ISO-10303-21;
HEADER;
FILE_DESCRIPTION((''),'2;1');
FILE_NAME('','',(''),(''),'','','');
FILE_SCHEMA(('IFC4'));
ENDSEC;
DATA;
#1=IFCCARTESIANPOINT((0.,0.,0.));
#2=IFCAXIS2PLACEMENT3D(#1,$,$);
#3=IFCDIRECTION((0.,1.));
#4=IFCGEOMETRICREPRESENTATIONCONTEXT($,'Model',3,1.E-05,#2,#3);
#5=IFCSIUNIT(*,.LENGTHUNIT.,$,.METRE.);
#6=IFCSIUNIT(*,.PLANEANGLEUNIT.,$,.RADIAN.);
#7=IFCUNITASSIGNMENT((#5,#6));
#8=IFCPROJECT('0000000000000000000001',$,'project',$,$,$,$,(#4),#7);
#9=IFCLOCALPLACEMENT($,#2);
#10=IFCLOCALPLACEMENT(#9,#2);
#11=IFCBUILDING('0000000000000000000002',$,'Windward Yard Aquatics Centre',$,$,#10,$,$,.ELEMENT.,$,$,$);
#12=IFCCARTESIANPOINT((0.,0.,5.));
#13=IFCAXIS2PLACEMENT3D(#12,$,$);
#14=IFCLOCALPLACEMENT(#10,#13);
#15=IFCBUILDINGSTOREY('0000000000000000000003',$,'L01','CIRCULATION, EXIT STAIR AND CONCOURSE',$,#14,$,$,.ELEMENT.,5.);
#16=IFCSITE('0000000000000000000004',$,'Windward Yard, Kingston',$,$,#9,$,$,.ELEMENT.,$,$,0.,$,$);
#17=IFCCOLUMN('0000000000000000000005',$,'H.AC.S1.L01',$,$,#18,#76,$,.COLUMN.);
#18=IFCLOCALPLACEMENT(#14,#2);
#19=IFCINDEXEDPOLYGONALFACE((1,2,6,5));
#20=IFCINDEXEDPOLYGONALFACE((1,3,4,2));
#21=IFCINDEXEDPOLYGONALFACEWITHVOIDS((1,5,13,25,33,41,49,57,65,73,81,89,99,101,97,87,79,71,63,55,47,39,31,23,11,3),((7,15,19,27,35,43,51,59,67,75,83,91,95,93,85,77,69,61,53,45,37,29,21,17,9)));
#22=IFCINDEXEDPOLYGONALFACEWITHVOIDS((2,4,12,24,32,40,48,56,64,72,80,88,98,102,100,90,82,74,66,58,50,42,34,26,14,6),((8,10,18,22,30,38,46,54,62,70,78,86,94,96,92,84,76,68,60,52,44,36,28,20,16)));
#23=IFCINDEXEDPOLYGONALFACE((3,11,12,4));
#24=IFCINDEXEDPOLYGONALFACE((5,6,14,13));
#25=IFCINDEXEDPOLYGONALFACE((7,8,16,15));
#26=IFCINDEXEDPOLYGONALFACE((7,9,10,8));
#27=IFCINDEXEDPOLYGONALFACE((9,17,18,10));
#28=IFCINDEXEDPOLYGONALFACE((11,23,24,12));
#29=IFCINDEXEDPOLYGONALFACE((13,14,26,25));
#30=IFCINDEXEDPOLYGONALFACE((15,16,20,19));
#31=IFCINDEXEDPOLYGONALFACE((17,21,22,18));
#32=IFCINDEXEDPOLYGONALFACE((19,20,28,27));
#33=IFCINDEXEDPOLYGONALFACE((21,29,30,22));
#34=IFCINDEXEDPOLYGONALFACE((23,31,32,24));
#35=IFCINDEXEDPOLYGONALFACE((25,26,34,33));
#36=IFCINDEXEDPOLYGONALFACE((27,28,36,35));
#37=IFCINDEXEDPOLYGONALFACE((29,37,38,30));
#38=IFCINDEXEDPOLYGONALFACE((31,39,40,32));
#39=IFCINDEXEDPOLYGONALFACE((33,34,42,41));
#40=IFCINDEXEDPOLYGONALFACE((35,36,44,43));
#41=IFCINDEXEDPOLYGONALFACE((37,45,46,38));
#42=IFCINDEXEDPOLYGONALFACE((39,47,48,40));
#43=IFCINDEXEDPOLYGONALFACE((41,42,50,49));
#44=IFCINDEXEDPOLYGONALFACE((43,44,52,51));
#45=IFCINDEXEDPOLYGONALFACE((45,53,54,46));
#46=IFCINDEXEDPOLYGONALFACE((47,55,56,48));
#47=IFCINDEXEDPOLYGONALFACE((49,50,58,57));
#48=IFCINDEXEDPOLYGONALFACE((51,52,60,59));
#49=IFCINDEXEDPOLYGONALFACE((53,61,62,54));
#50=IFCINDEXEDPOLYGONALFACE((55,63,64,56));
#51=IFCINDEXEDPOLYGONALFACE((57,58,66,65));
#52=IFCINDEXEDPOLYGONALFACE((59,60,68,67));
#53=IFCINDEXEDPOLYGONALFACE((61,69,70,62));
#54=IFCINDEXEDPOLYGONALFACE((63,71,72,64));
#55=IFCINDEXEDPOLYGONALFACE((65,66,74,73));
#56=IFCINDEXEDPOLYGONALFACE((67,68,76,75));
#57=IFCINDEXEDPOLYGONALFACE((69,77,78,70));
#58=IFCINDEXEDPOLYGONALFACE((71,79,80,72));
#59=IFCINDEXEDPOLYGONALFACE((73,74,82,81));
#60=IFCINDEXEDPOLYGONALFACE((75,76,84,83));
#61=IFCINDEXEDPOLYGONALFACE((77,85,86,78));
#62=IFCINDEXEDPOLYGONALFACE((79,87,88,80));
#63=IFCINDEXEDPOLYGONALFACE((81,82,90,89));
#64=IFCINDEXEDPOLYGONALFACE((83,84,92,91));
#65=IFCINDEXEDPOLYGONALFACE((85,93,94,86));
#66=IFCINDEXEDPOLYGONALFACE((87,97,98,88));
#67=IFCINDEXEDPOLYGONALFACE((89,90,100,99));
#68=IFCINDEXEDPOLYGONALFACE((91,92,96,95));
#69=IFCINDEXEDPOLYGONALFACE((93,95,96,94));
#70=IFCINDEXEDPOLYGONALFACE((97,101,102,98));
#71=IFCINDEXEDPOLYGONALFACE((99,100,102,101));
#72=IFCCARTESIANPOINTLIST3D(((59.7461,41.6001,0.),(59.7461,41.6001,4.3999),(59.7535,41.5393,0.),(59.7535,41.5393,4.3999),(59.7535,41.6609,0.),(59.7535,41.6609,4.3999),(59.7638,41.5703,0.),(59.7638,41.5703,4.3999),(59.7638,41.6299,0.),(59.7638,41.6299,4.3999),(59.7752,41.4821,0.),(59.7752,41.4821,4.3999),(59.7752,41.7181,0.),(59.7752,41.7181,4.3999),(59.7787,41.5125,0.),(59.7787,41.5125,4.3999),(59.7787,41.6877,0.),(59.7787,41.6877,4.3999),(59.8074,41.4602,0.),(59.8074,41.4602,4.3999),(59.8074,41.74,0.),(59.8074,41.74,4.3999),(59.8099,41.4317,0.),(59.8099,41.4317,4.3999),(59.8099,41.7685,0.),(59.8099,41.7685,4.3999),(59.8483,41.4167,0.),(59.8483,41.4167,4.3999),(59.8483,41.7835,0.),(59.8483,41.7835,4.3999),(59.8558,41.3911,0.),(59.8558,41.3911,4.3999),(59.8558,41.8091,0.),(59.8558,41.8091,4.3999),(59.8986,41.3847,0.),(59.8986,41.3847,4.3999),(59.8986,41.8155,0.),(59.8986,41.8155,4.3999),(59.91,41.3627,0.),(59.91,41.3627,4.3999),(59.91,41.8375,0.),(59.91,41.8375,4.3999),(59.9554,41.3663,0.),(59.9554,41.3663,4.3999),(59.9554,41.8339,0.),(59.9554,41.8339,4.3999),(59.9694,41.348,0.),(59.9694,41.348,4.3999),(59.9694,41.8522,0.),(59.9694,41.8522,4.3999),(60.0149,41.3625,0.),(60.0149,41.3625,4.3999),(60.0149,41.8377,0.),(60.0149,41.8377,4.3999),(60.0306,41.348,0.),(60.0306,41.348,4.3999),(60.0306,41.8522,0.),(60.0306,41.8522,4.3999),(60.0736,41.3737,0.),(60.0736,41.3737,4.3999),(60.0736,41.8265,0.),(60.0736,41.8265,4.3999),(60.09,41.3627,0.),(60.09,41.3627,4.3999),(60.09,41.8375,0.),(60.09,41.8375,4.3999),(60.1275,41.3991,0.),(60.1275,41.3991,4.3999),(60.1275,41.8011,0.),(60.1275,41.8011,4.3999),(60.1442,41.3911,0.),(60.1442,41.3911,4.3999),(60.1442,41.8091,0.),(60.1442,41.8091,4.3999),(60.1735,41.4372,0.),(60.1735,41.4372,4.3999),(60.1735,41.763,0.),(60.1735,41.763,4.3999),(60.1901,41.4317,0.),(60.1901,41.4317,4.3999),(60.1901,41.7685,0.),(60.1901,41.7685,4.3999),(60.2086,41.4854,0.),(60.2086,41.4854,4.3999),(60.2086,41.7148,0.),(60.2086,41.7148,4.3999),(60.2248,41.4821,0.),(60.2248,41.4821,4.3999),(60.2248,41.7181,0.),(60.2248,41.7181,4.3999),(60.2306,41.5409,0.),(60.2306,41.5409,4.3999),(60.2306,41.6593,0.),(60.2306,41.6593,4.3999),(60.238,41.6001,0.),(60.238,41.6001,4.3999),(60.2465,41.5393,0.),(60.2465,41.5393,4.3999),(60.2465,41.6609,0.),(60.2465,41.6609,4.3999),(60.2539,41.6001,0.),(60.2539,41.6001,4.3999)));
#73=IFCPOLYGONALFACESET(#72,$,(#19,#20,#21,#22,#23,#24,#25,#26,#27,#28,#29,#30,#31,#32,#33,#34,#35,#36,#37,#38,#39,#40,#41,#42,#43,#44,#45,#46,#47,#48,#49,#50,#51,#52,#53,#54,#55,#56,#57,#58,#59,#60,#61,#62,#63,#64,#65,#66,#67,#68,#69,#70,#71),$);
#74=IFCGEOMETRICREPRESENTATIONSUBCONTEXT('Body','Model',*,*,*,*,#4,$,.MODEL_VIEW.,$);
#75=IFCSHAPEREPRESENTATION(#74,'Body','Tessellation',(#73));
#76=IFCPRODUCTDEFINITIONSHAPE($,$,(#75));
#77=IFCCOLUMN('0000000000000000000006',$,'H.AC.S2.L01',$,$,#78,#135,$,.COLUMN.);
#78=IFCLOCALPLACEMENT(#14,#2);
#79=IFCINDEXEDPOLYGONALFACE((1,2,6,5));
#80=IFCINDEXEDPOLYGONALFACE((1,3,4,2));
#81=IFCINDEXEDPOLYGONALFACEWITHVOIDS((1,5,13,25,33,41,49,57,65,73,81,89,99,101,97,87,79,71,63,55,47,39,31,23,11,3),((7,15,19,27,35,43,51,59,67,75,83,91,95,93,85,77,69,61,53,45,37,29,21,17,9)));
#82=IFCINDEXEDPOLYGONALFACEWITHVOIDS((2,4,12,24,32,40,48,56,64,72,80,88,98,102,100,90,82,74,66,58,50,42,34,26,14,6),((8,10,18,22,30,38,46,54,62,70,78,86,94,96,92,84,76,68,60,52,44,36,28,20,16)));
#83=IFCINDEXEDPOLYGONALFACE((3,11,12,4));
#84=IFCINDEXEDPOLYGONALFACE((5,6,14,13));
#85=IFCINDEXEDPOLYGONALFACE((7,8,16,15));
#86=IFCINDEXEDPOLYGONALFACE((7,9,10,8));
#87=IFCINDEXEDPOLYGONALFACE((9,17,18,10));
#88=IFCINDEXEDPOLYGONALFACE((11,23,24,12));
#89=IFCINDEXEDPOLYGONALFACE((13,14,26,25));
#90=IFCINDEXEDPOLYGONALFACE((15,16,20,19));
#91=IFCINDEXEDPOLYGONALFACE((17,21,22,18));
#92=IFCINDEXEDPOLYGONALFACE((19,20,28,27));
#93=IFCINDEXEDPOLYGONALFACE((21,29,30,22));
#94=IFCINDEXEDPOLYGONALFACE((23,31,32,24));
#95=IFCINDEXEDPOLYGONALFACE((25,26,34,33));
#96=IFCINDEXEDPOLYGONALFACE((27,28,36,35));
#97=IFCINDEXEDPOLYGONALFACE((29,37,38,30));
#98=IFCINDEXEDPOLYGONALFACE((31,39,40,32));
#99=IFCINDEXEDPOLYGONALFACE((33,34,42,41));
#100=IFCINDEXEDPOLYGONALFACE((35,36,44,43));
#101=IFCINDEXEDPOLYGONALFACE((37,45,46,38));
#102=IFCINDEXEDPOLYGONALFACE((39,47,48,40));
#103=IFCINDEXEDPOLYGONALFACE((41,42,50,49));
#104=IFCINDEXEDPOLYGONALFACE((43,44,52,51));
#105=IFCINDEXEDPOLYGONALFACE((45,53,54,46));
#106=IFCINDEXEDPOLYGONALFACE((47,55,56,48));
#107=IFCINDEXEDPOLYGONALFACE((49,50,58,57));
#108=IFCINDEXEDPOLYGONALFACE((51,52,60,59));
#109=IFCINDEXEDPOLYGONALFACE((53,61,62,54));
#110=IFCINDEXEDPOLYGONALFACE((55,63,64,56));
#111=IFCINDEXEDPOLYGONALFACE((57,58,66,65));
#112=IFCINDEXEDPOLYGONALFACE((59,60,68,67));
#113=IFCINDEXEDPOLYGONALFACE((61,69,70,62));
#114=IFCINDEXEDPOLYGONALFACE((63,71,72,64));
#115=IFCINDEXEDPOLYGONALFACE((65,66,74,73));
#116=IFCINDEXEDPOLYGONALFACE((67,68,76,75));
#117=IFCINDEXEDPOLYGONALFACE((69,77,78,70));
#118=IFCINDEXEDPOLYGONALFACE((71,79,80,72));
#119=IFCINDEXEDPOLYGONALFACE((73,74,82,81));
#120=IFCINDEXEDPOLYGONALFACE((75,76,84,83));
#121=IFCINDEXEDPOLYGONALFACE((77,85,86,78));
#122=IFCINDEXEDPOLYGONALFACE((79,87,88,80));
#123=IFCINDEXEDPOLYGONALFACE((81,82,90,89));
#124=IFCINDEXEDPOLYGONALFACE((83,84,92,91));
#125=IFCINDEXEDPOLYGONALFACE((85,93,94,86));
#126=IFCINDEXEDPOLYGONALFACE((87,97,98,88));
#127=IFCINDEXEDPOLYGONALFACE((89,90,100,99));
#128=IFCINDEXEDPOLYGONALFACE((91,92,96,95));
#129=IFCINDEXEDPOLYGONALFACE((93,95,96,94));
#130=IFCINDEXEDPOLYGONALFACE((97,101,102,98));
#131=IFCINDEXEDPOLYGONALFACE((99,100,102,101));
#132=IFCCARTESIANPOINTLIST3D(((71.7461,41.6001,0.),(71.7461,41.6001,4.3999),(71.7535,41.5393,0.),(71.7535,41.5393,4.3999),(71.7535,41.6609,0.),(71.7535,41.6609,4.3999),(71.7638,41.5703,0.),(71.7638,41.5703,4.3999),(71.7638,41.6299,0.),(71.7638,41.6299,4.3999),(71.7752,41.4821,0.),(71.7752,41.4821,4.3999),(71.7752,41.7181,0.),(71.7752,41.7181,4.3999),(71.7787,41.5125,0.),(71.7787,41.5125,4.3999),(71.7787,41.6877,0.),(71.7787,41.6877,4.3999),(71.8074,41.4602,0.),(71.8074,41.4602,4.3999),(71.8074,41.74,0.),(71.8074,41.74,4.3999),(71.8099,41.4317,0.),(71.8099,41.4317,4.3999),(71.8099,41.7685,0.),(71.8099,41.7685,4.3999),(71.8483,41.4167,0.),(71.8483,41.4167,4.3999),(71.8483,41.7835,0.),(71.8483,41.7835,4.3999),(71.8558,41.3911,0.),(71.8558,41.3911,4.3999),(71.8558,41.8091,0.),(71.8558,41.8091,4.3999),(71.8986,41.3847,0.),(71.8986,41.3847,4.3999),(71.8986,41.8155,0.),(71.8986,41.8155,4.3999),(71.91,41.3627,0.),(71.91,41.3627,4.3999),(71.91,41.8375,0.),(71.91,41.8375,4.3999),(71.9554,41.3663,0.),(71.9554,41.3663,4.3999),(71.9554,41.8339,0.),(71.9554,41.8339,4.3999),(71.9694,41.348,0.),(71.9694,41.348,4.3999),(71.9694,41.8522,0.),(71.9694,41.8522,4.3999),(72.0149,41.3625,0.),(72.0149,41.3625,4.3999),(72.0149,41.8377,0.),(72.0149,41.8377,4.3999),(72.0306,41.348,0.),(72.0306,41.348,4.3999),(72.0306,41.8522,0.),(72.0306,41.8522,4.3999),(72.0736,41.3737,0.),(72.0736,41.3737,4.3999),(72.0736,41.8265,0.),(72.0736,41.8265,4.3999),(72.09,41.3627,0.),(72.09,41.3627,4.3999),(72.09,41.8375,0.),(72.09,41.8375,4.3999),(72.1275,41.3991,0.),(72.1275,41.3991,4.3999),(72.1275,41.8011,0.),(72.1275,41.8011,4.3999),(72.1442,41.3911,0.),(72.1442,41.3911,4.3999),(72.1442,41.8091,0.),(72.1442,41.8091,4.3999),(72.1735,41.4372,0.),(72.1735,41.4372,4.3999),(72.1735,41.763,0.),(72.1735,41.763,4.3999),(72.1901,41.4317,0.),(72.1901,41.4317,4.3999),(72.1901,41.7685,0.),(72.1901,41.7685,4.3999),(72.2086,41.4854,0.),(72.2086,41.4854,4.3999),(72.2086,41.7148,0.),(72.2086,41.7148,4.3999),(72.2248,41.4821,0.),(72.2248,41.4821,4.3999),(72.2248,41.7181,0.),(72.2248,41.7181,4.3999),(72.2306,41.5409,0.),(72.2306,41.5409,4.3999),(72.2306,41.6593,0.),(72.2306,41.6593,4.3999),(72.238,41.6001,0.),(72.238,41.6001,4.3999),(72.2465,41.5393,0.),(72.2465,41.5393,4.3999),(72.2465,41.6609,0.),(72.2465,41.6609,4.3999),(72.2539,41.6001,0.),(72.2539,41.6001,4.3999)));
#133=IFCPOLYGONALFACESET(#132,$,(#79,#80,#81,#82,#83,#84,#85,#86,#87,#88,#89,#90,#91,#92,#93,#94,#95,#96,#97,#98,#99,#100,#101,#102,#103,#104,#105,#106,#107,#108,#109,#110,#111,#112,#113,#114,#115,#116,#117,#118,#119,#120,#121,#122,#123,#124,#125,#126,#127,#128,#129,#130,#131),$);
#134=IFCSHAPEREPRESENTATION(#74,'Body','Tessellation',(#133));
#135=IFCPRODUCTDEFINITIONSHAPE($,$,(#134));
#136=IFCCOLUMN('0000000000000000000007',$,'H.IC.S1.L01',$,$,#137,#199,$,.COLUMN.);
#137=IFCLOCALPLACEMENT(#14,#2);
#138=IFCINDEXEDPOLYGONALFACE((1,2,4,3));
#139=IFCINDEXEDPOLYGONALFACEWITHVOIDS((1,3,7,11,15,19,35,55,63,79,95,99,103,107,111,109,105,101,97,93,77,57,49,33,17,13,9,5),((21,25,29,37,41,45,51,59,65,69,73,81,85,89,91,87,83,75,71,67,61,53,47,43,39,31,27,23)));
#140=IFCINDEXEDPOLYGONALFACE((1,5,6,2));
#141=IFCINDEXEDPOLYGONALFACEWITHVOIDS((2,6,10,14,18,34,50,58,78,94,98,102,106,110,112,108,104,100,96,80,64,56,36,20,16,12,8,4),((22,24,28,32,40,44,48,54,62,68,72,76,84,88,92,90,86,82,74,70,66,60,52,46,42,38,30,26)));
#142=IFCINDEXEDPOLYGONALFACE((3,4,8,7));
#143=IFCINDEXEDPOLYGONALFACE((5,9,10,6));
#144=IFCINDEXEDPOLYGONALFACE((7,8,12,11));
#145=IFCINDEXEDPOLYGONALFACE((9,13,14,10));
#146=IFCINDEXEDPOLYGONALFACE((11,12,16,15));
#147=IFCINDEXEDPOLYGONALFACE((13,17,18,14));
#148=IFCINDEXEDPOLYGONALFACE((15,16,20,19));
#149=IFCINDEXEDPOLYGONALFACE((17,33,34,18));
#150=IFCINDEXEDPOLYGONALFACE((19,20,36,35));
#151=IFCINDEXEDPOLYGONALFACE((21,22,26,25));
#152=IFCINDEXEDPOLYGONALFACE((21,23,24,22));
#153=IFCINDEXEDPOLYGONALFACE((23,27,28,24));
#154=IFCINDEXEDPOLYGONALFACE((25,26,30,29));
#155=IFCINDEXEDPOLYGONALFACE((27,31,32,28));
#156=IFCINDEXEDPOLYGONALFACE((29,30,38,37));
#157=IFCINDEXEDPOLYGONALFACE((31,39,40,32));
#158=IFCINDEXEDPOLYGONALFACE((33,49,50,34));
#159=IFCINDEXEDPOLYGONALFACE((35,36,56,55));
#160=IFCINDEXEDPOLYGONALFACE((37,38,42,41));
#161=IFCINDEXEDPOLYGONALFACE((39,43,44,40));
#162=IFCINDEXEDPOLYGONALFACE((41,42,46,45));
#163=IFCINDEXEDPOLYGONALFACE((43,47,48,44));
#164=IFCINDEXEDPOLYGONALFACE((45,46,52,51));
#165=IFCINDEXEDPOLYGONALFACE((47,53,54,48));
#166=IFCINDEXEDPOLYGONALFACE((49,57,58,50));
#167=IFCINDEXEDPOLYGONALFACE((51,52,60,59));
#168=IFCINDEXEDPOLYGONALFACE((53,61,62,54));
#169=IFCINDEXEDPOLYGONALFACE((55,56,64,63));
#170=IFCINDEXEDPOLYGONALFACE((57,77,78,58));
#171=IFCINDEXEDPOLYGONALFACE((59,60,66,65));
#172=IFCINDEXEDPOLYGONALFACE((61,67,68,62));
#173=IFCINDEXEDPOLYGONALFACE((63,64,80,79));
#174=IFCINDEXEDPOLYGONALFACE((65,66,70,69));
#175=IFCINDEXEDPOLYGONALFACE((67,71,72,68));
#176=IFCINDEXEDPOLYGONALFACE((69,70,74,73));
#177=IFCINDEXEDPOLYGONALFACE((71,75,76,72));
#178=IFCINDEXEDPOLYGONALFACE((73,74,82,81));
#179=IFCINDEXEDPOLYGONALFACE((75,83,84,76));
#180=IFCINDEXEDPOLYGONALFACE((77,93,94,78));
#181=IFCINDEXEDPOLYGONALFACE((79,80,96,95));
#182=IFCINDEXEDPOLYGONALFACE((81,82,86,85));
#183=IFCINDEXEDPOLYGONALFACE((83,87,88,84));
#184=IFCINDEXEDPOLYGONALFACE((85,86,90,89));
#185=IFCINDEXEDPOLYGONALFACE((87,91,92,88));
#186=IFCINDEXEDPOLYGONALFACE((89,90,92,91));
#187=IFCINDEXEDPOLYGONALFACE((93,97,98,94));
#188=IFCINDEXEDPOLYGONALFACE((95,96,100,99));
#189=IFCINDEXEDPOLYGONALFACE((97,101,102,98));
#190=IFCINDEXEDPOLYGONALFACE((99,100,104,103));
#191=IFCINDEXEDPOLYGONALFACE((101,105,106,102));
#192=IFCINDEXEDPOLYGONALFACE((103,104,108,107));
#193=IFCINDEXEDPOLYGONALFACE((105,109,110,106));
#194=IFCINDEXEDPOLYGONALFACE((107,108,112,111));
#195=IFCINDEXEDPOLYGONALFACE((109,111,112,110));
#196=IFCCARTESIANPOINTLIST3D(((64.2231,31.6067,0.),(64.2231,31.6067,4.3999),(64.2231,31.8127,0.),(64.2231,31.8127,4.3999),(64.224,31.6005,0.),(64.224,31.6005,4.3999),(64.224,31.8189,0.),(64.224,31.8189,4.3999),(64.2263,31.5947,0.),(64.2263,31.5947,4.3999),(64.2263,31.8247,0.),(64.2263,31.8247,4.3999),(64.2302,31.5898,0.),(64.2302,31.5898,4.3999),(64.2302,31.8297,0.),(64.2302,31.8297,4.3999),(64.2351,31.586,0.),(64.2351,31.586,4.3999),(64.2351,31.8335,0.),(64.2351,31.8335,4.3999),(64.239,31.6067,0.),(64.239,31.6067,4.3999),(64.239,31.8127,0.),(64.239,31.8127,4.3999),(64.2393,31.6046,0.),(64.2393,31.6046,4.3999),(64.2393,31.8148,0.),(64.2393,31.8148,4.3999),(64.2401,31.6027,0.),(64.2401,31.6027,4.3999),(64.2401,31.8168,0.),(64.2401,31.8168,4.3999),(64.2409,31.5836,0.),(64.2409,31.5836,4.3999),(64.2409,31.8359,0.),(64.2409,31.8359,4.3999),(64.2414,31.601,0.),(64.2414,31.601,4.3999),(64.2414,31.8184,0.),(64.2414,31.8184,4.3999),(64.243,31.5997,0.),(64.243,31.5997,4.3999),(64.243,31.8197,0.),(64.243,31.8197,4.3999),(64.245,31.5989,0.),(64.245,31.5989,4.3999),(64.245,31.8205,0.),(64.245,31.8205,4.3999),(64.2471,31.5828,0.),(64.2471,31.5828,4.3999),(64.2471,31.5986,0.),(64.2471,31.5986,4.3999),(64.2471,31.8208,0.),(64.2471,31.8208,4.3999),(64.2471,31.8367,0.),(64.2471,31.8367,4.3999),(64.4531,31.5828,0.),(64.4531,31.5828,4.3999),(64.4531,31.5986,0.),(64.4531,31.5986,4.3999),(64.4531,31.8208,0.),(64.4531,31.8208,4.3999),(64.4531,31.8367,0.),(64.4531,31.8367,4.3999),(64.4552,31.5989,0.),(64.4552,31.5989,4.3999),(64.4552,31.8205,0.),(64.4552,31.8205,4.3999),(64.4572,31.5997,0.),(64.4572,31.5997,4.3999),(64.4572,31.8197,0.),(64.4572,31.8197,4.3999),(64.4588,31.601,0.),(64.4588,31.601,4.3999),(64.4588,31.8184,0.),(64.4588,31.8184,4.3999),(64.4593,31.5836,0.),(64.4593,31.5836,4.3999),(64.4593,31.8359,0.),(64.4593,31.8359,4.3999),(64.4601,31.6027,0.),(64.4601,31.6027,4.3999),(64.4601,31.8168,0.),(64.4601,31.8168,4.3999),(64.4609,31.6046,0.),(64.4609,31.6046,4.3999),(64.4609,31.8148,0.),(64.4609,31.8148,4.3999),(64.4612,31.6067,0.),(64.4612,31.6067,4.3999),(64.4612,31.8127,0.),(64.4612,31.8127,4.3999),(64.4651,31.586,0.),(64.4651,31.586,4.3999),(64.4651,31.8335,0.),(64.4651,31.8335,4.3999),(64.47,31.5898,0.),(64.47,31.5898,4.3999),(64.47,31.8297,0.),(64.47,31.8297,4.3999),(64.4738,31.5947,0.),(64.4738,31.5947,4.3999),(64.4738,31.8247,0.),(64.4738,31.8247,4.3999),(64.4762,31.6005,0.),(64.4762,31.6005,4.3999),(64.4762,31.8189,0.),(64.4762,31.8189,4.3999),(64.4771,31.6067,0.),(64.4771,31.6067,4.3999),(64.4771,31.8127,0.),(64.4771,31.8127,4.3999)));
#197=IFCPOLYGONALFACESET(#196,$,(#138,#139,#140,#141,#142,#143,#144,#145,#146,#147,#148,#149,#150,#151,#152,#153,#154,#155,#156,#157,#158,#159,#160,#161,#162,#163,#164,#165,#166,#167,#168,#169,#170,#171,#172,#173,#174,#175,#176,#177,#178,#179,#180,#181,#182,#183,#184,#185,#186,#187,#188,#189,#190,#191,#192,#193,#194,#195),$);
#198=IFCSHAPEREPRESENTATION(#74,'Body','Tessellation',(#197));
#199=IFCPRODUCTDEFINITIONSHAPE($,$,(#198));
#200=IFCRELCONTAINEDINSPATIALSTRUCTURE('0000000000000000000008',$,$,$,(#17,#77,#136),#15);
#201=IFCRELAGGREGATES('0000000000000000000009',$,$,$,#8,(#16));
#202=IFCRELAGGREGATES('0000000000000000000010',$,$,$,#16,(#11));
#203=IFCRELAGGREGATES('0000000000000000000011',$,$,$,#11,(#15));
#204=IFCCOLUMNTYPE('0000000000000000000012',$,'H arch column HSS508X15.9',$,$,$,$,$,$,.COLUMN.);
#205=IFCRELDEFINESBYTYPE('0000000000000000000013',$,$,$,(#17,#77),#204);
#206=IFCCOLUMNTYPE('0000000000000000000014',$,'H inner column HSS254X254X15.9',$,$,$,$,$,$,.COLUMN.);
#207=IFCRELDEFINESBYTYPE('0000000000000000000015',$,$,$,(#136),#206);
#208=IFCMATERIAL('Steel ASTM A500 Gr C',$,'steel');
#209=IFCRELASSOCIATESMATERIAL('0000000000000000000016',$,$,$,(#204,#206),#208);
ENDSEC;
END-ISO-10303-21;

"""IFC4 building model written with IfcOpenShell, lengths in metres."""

from ifc_helpers import new_model, si_unit, direction, frame, origin, origin_2d, place, context, subcontext, project, spatial, hollow_rectangle, hollow_circle, extrude, material, material_profile, profile_set, type_object, element, save


model = new_model("IFC4")

# Units and contexts
model_context = context("Model", 3, precision=1e-05, world=origin(), true_north=direction((0.0, 1.0)))
body_context = subcontext(model_context, "Body", "Model", "MODEL_VIEW")
ifc_project = project(units=[si_unit("LENGTHUNIT", "METRE"), si_unit("PLANEANGLEUNIT", "RADIAN")], contexts=[model_context])

# Site, building, storey
site_placement = place(None, origin())
site = spatial("IfcSite", under=ifc_project, at=site_placement, Name="Windward Yard, Kingston", CompositionType="ELEMENT", RefElevation=0.0)
building_placement = place(site_placement, origin())
building = spatial("IfcBuilding", under=site, at=building_placement, Name="Windward Yard Aquatics Centre", CompositionType="ELEMENT")
storey_placement = place(building_placement, frame((0.0, 0.0, 5.0)))
storey = spatial("IfcBuildingStorey", under=building, at=storey_placement, Name="L01", Description="CIRCULATION, EXIT STAIR AND CONCOURSE", CompositionType="ELEMENT", Elevation=5.0)

# Columns
ifc_material_1 = material(Name="Steel ASTM A500 Gr C", Category="steel")
ifc_material_profile_1 = material_profile(ifc_material_1, hollow_circle(Radius=0.2539, WallThickness=0.0159, at=origin_2d()), Name="HSS508X15.9")
ifc_profile_set_1 = profile_set([ifc_material_profile_1], Name="Steel ASTM A500 Gr C")
column_type_1 = type_object("IfcColumnType", Name="H arch column HSS508X15.9", PredefinedType="COLUMN", material=ifc_profile_set_1)
for number, where, z_axis, x_axis, name in (
    (1, (60.0, 41.6001, 0.0), (0.0, 0.0, 1.0), (1.0, 0.0, 0.0), "H.AC.S1.L01"),
    (2, (72.0, 41.6001, 0.0), (0.0, 0.0, 1.0), (1.0, 0.0, 0.0), "H.AC.S2.L01"),
):
    element("IfcColumn", number, at=place(storey_placement, frame(where, z_axis=z_axis, x_axis=x_axis)), inside=storey, type_object=column_type_1, Name=name, PredefinedType="COLUMN", context=body_context, shape_type="SweptSolid", body=[
        extrude(hollow_circle(Radius=0.2539, WallThickness=0.0159, at=origin_2d()), origin(), (0.0, 0.0, 1.0), 4.3999),
    ])
ifc_material_profile_2 = material_profile(ifc_material_1, hollow_rectangle(XDim=0.2539, YDim=0.2539, WallThickness=0.0159, InnerFilletRadius=0.0081, OuterFilletRadius=0.0239, at=origin_2d()), Name="HSS254X254X15.9")
ifc_profile_set_2 = profile_set([ifc_material_profile_2], Name="Steel ASTM A500 Gr C")
column_type_2 = type_object("IfcColumnType", Name="H inner column HSS254X254X15.9", PredefinedType="COLUMN", material=ifc_profile_set_2)
for number, where, z_axis, x_axis, name in (
    (3, (64.3501, 31.7097, 0.0), (0.0, 0.0, 1.0), (1.0, 0.0, 0.0), "H.IC.S1.L01"),
):
    element("IfcColumn", number, at=place(storey_placement, frame(where, z_axis=z_axis, x_axis=x_axis)), inside=storey, type_object=column_type_2, Name=name, PredefinedType="COLUMN", context=body_context, shape_type="SweptSolid", body=[
        extrude(hollow_rectangle(XDim=0.2539, YDim=0.2539, WallThickness=0.0159, InnerFilletRadius=0.0081, OuterFilletRadius=0.0239, at=origin_2d()), origin(), (0.0, 0.0, 1.0), 4.3999),
    ])

save(model, "model.ifc")
